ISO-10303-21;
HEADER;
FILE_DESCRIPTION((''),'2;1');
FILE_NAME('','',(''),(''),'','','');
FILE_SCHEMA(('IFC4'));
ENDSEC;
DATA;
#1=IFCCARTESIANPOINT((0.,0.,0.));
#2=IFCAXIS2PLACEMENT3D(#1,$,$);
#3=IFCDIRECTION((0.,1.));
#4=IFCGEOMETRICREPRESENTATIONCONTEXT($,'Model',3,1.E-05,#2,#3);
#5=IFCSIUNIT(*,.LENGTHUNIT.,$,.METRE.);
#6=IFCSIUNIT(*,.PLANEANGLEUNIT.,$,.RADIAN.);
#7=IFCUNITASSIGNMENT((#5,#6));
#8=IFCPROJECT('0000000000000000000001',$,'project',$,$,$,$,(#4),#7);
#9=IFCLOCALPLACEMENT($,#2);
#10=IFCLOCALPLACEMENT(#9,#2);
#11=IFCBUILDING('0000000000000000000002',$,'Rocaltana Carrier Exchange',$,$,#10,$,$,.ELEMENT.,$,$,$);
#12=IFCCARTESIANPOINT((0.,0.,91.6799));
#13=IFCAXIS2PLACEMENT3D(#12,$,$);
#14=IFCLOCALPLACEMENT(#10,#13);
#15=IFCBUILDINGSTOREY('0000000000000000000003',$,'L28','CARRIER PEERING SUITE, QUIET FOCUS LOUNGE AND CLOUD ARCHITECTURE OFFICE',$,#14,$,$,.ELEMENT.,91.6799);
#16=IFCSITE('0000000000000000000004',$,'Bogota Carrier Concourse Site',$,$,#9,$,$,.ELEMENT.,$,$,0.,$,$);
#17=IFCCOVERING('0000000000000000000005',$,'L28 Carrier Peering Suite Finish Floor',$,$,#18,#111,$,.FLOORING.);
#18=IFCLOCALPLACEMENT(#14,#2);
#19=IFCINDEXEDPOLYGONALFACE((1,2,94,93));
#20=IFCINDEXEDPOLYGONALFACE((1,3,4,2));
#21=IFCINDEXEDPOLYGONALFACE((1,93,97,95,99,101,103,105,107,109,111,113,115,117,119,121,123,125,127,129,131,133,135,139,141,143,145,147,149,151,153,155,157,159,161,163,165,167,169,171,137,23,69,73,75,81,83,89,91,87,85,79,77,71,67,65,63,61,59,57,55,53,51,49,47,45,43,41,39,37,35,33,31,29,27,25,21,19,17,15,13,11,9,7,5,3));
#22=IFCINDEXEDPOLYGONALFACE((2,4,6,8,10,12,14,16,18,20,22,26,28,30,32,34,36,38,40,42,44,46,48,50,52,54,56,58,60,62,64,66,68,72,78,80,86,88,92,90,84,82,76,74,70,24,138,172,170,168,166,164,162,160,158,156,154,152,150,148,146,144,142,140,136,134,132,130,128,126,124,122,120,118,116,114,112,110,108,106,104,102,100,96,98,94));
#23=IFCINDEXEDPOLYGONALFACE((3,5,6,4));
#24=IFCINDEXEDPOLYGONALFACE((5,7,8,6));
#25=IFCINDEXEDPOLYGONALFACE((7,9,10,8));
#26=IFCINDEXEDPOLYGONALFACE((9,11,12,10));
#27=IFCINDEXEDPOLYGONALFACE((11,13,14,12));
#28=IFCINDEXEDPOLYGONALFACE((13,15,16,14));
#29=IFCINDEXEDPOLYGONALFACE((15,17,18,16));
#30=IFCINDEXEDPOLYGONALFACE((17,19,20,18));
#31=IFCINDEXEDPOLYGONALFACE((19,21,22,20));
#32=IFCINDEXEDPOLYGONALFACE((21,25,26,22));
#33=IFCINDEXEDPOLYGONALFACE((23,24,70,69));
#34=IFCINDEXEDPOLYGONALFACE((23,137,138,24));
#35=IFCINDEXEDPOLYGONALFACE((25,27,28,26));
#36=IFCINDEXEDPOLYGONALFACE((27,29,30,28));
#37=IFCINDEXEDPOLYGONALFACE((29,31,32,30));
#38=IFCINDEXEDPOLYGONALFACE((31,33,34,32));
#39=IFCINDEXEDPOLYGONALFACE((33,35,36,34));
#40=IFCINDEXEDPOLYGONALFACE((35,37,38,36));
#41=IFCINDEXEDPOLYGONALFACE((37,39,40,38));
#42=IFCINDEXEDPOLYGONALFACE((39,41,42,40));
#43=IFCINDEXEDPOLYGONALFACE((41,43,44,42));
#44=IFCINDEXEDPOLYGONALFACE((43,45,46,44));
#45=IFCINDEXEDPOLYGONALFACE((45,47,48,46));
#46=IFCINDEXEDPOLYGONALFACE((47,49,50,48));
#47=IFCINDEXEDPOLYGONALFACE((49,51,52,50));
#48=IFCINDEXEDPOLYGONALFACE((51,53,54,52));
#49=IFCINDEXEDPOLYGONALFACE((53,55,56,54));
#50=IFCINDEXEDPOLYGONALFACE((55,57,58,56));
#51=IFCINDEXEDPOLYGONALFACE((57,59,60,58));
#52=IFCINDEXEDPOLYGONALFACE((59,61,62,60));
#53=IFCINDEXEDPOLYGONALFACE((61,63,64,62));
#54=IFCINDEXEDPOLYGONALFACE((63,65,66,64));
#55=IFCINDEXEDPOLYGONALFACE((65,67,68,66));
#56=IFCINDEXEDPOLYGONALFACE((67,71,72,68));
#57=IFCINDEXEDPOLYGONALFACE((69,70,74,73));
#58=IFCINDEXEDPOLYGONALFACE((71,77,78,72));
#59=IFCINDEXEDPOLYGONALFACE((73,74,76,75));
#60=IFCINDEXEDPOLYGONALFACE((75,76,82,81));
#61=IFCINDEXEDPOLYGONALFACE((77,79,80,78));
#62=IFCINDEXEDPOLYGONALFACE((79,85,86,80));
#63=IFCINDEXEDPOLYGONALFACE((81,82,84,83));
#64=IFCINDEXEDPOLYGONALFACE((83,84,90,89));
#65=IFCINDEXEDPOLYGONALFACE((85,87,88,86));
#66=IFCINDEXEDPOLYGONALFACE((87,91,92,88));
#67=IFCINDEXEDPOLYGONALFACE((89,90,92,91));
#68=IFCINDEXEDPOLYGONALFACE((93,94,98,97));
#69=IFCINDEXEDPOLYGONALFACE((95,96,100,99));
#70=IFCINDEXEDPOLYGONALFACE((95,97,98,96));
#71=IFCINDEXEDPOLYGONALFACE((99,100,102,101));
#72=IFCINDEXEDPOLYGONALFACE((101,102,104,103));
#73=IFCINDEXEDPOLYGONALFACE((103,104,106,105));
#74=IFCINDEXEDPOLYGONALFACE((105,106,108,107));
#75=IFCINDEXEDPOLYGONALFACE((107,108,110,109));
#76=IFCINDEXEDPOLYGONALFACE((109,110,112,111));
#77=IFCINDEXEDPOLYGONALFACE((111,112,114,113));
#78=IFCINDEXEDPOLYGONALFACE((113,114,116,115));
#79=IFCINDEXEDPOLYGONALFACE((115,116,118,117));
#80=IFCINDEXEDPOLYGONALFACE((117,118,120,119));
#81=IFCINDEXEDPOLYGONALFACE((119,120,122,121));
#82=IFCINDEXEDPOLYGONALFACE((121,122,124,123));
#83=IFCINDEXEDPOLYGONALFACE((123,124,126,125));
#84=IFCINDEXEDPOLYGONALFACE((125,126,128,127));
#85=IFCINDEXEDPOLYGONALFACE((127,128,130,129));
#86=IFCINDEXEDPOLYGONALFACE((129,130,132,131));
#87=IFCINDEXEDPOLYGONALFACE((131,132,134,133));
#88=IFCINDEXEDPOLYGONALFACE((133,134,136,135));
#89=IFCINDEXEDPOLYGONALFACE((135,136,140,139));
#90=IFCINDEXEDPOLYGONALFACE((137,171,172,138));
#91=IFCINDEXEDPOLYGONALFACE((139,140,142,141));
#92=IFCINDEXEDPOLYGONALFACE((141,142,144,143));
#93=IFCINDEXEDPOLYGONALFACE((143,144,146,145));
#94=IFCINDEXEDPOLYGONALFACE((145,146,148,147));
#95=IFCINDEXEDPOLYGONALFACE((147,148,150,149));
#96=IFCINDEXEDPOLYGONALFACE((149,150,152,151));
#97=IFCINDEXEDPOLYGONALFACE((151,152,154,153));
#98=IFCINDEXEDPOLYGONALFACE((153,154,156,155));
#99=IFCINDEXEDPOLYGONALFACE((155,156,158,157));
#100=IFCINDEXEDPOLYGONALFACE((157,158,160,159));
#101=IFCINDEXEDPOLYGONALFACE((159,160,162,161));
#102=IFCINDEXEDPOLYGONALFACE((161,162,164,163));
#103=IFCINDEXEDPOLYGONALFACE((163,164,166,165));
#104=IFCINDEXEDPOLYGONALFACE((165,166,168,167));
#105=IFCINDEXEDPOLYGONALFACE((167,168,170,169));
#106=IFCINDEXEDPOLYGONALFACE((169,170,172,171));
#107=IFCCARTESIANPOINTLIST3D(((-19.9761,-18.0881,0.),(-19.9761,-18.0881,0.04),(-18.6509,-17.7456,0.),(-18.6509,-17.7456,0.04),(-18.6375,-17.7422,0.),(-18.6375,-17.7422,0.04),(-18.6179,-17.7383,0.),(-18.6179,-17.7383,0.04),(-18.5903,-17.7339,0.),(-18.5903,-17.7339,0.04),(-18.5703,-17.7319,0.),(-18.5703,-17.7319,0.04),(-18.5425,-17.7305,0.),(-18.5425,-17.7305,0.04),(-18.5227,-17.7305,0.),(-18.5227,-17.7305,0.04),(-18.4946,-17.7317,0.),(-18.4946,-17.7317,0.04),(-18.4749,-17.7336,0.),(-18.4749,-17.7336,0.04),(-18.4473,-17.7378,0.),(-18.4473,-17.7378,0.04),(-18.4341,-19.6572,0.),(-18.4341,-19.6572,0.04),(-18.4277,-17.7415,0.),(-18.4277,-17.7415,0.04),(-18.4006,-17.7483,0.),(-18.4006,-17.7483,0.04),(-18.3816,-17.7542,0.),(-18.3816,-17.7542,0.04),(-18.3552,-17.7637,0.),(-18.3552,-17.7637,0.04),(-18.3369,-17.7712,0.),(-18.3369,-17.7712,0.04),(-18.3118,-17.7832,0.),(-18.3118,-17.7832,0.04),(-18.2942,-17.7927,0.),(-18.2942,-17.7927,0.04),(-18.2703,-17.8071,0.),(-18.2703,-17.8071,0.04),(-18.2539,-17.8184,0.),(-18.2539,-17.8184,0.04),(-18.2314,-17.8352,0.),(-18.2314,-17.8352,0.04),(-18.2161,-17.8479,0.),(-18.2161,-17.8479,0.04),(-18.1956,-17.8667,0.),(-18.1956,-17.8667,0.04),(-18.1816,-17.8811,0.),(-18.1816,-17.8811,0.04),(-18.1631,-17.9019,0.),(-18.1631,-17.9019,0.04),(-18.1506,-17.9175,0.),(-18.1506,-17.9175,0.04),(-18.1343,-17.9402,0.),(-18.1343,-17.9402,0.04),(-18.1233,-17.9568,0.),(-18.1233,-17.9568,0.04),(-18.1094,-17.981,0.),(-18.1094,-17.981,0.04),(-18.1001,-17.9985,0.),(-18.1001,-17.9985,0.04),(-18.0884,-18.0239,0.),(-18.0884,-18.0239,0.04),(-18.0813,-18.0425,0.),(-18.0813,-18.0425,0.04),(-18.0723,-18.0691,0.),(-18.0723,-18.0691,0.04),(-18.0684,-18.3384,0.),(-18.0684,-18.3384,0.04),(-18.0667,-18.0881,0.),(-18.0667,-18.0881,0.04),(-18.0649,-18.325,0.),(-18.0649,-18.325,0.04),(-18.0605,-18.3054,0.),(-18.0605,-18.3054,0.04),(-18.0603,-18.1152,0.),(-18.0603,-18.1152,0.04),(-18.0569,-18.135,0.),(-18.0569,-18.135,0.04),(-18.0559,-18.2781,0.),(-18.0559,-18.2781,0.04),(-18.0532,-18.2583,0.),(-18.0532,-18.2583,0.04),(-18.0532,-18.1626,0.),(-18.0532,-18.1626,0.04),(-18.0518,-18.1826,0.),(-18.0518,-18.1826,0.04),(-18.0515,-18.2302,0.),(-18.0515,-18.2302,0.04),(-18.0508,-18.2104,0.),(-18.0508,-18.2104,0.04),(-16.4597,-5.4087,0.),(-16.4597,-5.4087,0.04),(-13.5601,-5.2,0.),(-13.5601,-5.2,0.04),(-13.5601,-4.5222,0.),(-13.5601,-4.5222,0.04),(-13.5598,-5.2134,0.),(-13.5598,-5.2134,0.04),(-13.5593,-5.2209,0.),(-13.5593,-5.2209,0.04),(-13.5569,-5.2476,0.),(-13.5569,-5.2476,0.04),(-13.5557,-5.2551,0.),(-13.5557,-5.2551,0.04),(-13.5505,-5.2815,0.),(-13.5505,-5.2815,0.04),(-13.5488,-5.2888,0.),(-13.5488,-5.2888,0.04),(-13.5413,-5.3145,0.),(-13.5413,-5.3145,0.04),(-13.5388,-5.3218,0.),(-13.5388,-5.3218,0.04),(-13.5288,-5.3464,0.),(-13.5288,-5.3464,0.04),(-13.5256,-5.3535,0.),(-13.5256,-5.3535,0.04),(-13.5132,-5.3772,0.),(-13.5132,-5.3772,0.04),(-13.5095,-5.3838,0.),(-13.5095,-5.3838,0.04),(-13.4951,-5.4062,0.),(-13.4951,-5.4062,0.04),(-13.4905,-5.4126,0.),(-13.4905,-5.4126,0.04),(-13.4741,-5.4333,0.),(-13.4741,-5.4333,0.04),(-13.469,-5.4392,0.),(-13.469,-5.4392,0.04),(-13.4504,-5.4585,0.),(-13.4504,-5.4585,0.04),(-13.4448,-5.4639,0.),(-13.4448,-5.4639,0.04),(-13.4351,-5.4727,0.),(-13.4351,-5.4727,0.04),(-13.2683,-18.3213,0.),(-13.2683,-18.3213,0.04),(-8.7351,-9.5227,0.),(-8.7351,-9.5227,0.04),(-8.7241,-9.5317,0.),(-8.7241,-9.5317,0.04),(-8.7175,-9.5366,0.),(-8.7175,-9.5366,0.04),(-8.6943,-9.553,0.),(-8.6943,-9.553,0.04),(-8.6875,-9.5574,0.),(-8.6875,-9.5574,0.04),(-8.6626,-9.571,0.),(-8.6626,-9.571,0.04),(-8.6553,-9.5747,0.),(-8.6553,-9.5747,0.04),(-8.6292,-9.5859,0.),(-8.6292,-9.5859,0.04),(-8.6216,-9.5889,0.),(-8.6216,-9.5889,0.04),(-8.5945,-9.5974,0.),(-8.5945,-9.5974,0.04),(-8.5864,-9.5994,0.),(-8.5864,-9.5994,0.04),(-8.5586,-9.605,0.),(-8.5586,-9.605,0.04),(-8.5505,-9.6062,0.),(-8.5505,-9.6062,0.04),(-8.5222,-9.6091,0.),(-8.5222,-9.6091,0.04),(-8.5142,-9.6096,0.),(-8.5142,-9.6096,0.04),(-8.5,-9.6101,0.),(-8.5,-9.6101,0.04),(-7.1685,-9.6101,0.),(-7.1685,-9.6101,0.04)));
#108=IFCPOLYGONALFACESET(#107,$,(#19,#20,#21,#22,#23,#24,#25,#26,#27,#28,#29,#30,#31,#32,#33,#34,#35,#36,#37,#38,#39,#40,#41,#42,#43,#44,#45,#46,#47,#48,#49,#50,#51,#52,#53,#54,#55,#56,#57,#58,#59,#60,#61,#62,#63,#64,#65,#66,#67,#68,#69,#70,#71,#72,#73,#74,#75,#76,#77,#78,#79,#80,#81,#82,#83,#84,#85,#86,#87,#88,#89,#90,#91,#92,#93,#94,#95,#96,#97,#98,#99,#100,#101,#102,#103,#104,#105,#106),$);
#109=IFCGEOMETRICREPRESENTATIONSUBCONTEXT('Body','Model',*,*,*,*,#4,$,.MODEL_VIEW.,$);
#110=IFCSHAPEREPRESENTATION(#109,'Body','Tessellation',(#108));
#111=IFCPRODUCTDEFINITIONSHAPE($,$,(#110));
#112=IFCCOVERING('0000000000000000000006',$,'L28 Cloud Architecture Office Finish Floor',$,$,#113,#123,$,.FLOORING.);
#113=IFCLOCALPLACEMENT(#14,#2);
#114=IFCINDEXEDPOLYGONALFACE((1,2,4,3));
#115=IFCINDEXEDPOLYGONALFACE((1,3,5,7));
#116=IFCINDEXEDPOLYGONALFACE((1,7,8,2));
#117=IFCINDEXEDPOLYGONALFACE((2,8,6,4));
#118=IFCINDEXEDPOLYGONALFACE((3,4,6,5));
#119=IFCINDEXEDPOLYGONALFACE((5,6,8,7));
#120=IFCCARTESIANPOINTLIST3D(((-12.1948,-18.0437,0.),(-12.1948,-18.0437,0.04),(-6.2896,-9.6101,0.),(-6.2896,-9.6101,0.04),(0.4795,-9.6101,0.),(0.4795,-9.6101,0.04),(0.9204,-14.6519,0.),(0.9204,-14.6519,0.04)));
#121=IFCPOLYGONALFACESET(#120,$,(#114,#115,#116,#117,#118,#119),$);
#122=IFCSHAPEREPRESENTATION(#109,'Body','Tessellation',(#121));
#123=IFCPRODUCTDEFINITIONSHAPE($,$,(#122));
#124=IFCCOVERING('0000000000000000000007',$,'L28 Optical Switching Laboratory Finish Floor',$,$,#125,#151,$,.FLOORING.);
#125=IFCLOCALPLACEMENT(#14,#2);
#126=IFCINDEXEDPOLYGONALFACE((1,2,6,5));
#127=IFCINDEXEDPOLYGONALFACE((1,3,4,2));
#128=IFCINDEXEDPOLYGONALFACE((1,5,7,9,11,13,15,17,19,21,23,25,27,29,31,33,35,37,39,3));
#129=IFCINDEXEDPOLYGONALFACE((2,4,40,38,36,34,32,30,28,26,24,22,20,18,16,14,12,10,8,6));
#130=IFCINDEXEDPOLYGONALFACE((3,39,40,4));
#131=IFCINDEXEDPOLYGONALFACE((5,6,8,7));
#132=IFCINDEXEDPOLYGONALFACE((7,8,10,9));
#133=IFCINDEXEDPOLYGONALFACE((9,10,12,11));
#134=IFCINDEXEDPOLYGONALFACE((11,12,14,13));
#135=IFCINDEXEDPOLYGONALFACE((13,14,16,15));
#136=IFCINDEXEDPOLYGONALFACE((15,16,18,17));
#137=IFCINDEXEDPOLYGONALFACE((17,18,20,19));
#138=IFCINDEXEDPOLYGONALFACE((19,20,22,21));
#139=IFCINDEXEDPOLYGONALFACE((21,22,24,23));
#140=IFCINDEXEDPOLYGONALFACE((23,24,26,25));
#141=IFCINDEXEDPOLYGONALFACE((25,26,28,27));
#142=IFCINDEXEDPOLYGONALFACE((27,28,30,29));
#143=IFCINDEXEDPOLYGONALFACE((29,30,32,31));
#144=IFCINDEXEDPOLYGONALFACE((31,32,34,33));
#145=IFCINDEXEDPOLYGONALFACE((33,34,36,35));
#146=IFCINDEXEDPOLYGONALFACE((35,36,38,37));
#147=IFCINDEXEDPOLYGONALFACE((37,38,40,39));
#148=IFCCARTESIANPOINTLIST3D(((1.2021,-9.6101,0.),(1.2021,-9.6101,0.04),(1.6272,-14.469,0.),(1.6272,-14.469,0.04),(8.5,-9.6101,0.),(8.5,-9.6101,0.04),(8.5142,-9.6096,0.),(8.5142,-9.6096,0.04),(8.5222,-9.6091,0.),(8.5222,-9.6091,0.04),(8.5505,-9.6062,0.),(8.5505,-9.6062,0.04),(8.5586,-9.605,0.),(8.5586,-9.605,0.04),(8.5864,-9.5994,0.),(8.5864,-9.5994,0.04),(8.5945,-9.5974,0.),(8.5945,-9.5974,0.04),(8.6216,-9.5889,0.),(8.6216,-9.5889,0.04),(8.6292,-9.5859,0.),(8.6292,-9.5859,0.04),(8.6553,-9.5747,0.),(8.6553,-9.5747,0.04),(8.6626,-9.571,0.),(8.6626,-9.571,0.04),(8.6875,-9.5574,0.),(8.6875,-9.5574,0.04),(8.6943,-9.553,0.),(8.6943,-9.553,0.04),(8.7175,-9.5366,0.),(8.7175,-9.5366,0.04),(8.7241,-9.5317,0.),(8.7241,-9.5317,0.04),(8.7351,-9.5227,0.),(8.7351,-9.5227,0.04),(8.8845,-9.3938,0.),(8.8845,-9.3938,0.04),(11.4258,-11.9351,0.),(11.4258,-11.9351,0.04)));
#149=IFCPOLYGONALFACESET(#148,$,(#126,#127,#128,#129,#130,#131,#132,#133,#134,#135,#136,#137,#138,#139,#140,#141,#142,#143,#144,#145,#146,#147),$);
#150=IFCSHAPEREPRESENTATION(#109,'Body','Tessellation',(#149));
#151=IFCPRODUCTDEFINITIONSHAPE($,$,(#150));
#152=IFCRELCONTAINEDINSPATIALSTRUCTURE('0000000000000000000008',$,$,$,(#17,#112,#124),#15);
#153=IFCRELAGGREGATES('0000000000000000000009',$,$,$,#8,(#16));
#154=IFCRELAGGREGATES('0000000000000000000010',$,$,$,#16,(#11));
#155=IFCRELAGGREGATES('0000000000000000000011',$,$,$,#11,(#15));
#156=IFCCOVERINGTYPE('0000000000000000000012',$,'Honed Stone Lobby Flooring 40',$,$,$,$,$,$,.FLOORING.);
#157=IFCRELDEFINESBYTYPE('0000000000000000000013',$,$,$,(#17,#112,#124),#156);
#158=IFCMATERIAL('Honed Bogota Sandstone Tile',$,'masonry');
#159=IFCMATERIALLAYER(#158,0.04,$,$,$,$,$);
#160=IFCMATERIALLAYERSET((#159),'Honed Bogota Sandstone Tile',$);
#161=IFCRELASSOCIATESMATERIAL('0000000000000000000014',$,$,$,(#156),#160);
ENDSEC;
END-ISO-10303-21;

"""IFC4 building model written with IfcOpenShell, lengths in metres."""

from ifc_helpers import new_model, si_unit, direction, frame, origin, place, context, subcontext, project, spatial, polyline, outline, extrude, material, layer, layer_set, type_object, element, save


model = new_model("IFC4")

# Units and contexts
model_context = context("Model", 3, precision=1e-05, world=origin(), true_north=direction((0.0, 1.0)))
body_context = subcontext(model_context, "Body", "Model", "MODEL_VIEW")
ifc_project = project(units=[si_unit("LENGTHUNIT", "METRE"), si_unit("PLANEANGLEUNIT", "RADIAN")], contexts=[model_context])

# Site, building, storey
site_placement = place(None, origin())
site = spatial("IfcSite", under=ifc_project, at=site_placement, Name="Bogota Carrier Concourse Site", CompositionType="ELEMENT", RefElevation=0.0)
building_placement = place(site_placement, origin())
building = spatial("IfcBuilding", under=site, at=building_placement, Name="Rocaltana Carrier Exchange", CompositionType="ELEMENT")
storey_placement = place(building_placement, frame((0.0, 0.0, 91.6799)))
storey = spatial("IfcBuildingStorey", under=building, at=storey_placement, Name="L28", Description="CARRIER PEERING SUITE, QUIET FOCUS LOUNGE AND CLOUD ARCHITECTURE OFFICE", CompositionType="ELEMENT", Elevation=91.6799)

# Coverings
ifc_material_1 = material(Name="Honed Bogota Sandstone Tile", Category="masonry")
ifc_layer_1 = layer(ifc_material_1, 0.04)
ifc_layer_set_1 = layer_set([ifc_layer_1], Name="Honed Bogota Sandstone Tile")
covering_type_1 = type_object("IfcCoveringType", Name="Honed Stone Lobby Flooring 40", PredefinedType="FLOORING", material=ifc_layer_set_1)
covering_1_placement = place(storey_placement, origin())
element("IfcCovering", 1, at=covering_1_placement, inside=storey, type_object=covering_type_1, Name="L28 Carrier Peering Suite Finish Floor", PredefinedType="FLOORING", context=body_context, shape_type="SweptSolid", body=[
    extrude(outline(polyline([(-18.0684, -18.3384), (-18.0649, -18.325), (-18.0605, -18.3054), (-18.0559, -18.2781), (-18.0532, -18.2583), (-18.0515, -18.2302), (-18.0508, -18.2104), (-18.0518, -18.1826), (-18.0532, -18.1626), (-18.0569, -18.135), (-18.0603, -18.1152), (-18.0667, -18.0881), (-18.0723, -18.0691), (-18.0813, -18.0425), (-18.0884, -18.0239), (-18.1001, -17.9985), (-18.1094, -17.981), (-18.1233, -17.9568), (-18.1343, -17.9402), (-18.1506, -17.9175), (-18.1631, -17.9019), (-18.1816, -17.8811), (-18.1956, -17.8667), (-18.2161, -17.8479), (-18.2314, -17.8352), (-18.2539, -17.8184), (-18.2703, -17.8071), (-18.2942, -17.7927), (-18.3118, -17.7832), (-18.3369, -17.7712), (-18.3552, -17.7637), (-18.3816, -17.7542), (-18.4006, -17.7483), (-18.4277, -17.7415), (-18.4473, -17.7378), (-18.4749, -17.7336), (-18.4946, -17.7317), (-18.5227, -17.7305), (-18.5425, -17.7305), (-18.5703, -17.7319), (-18.5903, -17.7339), (-18.6179, -17.7383), (-18.6375, -17.7422), (-18.6509, -17.7456), (-19.9761, -18.0881), (-16.4597, -5.4087), (-13.5601, -4.5222), (-13.5601, -5.2), (-13.5598, -5.2134), (-13.5593, -5.2209), (-13.5569, -5.2476), (-13.5557, -5.2551), (-13.5505, -5.2815), (-13.5488, -5.2888), (-13.5413, -5.3145), (-13.5388, -5.3218), (-13.5288, -5.3464), (-13.5256, -5.3535), (-13.5132, -5.3772), (-13.5095, -5.3838), (-13.4951, -5.4062), (-13.4905, -5.4126), (-13.4741, -5.4333), (-13.469, -5.4392), (-13.4504, -5.4585), (-13.4448, -5.4639), (-13.4351, -5.4727), (-8.7351, -9.5227), (-8.7241, -9.5317), (-8.7175, -9.5366), (-8.6943, -9.553), (-8.6875, -9.5574), (-8.6626, -9.571), (-8.6553, -9.5747), (-8.6292, -9.5859), (-8.6216, -9.5889), (-8.5945, -9.5974), (-8.5864, -9.5994), (-8.5586, -9.605), (-8.5505, -9.6062), (-8.5222, -9.6091), (-8.5142, -9.6096), (-8.5, -9.6101), (-7.1685, -9.6101), (-13.2683, -18.3213), (-18.4341, -19.6572), (-18.0684, -18.3384)])), origin(), (0.0, 0.0, 1.0), 0.04),
])
covering_2_placement = place(storey_placement, origin())
element("IfcCovering", 2, at=covering_2_placement, inside=storey, type_object=covering_type_1, Name="L28 Cloud Architecture Office Finish Floor", PredefinedType="FLOORING", context=body_context, shape_type="SweptSolid", body=[
    extrude(outline(polyline([(-12.1948, -18.0437), (-6.2896, -9.6101), (0.4795, -9.6101), (0.9204, -14.6519), (-12.1948, -18.0437)])), origin(), (0.0, 0.0, 1.0), 0.04),
])
covering_3_placement = place(storey_placement, origin())
element("IfcCovering", 3, at=covering_3_placement, inside=storey, type_object=covering_type_1, Name="L28 Optical Switching Laboratory Finish Floor", PredefinedType="FLOORING", context=body_context, shape_type="SweptSolid", body=[
    extrude(outline(polyline([(1.6272, -14.469), (1.2021, -9.6101), (8.5, -9.6101), (8.5142, -9.6096), (8.5222, -9.6091), (8.5505, -9.6062), (8.5586, -9.605), (8.5864, -9.5994), (8.5945, -9.5974), (8.6216, -9.5889), (8.6292, -9.5859), (8.6553, -9.5747), (8.6626, -9.571), (8.6875, -9.5574), (8.6943, -9.553), (8.7175, -9.5366), (8.7241, -9.5317), (8.7351, -9.5227), (8.8845, -9.3938), (11.4258, -11.9351), (1.6272, -14.469)])), origin(), (0.0, 0.0, 1.0), 0.04),
])

save(model, "model.ifc")
